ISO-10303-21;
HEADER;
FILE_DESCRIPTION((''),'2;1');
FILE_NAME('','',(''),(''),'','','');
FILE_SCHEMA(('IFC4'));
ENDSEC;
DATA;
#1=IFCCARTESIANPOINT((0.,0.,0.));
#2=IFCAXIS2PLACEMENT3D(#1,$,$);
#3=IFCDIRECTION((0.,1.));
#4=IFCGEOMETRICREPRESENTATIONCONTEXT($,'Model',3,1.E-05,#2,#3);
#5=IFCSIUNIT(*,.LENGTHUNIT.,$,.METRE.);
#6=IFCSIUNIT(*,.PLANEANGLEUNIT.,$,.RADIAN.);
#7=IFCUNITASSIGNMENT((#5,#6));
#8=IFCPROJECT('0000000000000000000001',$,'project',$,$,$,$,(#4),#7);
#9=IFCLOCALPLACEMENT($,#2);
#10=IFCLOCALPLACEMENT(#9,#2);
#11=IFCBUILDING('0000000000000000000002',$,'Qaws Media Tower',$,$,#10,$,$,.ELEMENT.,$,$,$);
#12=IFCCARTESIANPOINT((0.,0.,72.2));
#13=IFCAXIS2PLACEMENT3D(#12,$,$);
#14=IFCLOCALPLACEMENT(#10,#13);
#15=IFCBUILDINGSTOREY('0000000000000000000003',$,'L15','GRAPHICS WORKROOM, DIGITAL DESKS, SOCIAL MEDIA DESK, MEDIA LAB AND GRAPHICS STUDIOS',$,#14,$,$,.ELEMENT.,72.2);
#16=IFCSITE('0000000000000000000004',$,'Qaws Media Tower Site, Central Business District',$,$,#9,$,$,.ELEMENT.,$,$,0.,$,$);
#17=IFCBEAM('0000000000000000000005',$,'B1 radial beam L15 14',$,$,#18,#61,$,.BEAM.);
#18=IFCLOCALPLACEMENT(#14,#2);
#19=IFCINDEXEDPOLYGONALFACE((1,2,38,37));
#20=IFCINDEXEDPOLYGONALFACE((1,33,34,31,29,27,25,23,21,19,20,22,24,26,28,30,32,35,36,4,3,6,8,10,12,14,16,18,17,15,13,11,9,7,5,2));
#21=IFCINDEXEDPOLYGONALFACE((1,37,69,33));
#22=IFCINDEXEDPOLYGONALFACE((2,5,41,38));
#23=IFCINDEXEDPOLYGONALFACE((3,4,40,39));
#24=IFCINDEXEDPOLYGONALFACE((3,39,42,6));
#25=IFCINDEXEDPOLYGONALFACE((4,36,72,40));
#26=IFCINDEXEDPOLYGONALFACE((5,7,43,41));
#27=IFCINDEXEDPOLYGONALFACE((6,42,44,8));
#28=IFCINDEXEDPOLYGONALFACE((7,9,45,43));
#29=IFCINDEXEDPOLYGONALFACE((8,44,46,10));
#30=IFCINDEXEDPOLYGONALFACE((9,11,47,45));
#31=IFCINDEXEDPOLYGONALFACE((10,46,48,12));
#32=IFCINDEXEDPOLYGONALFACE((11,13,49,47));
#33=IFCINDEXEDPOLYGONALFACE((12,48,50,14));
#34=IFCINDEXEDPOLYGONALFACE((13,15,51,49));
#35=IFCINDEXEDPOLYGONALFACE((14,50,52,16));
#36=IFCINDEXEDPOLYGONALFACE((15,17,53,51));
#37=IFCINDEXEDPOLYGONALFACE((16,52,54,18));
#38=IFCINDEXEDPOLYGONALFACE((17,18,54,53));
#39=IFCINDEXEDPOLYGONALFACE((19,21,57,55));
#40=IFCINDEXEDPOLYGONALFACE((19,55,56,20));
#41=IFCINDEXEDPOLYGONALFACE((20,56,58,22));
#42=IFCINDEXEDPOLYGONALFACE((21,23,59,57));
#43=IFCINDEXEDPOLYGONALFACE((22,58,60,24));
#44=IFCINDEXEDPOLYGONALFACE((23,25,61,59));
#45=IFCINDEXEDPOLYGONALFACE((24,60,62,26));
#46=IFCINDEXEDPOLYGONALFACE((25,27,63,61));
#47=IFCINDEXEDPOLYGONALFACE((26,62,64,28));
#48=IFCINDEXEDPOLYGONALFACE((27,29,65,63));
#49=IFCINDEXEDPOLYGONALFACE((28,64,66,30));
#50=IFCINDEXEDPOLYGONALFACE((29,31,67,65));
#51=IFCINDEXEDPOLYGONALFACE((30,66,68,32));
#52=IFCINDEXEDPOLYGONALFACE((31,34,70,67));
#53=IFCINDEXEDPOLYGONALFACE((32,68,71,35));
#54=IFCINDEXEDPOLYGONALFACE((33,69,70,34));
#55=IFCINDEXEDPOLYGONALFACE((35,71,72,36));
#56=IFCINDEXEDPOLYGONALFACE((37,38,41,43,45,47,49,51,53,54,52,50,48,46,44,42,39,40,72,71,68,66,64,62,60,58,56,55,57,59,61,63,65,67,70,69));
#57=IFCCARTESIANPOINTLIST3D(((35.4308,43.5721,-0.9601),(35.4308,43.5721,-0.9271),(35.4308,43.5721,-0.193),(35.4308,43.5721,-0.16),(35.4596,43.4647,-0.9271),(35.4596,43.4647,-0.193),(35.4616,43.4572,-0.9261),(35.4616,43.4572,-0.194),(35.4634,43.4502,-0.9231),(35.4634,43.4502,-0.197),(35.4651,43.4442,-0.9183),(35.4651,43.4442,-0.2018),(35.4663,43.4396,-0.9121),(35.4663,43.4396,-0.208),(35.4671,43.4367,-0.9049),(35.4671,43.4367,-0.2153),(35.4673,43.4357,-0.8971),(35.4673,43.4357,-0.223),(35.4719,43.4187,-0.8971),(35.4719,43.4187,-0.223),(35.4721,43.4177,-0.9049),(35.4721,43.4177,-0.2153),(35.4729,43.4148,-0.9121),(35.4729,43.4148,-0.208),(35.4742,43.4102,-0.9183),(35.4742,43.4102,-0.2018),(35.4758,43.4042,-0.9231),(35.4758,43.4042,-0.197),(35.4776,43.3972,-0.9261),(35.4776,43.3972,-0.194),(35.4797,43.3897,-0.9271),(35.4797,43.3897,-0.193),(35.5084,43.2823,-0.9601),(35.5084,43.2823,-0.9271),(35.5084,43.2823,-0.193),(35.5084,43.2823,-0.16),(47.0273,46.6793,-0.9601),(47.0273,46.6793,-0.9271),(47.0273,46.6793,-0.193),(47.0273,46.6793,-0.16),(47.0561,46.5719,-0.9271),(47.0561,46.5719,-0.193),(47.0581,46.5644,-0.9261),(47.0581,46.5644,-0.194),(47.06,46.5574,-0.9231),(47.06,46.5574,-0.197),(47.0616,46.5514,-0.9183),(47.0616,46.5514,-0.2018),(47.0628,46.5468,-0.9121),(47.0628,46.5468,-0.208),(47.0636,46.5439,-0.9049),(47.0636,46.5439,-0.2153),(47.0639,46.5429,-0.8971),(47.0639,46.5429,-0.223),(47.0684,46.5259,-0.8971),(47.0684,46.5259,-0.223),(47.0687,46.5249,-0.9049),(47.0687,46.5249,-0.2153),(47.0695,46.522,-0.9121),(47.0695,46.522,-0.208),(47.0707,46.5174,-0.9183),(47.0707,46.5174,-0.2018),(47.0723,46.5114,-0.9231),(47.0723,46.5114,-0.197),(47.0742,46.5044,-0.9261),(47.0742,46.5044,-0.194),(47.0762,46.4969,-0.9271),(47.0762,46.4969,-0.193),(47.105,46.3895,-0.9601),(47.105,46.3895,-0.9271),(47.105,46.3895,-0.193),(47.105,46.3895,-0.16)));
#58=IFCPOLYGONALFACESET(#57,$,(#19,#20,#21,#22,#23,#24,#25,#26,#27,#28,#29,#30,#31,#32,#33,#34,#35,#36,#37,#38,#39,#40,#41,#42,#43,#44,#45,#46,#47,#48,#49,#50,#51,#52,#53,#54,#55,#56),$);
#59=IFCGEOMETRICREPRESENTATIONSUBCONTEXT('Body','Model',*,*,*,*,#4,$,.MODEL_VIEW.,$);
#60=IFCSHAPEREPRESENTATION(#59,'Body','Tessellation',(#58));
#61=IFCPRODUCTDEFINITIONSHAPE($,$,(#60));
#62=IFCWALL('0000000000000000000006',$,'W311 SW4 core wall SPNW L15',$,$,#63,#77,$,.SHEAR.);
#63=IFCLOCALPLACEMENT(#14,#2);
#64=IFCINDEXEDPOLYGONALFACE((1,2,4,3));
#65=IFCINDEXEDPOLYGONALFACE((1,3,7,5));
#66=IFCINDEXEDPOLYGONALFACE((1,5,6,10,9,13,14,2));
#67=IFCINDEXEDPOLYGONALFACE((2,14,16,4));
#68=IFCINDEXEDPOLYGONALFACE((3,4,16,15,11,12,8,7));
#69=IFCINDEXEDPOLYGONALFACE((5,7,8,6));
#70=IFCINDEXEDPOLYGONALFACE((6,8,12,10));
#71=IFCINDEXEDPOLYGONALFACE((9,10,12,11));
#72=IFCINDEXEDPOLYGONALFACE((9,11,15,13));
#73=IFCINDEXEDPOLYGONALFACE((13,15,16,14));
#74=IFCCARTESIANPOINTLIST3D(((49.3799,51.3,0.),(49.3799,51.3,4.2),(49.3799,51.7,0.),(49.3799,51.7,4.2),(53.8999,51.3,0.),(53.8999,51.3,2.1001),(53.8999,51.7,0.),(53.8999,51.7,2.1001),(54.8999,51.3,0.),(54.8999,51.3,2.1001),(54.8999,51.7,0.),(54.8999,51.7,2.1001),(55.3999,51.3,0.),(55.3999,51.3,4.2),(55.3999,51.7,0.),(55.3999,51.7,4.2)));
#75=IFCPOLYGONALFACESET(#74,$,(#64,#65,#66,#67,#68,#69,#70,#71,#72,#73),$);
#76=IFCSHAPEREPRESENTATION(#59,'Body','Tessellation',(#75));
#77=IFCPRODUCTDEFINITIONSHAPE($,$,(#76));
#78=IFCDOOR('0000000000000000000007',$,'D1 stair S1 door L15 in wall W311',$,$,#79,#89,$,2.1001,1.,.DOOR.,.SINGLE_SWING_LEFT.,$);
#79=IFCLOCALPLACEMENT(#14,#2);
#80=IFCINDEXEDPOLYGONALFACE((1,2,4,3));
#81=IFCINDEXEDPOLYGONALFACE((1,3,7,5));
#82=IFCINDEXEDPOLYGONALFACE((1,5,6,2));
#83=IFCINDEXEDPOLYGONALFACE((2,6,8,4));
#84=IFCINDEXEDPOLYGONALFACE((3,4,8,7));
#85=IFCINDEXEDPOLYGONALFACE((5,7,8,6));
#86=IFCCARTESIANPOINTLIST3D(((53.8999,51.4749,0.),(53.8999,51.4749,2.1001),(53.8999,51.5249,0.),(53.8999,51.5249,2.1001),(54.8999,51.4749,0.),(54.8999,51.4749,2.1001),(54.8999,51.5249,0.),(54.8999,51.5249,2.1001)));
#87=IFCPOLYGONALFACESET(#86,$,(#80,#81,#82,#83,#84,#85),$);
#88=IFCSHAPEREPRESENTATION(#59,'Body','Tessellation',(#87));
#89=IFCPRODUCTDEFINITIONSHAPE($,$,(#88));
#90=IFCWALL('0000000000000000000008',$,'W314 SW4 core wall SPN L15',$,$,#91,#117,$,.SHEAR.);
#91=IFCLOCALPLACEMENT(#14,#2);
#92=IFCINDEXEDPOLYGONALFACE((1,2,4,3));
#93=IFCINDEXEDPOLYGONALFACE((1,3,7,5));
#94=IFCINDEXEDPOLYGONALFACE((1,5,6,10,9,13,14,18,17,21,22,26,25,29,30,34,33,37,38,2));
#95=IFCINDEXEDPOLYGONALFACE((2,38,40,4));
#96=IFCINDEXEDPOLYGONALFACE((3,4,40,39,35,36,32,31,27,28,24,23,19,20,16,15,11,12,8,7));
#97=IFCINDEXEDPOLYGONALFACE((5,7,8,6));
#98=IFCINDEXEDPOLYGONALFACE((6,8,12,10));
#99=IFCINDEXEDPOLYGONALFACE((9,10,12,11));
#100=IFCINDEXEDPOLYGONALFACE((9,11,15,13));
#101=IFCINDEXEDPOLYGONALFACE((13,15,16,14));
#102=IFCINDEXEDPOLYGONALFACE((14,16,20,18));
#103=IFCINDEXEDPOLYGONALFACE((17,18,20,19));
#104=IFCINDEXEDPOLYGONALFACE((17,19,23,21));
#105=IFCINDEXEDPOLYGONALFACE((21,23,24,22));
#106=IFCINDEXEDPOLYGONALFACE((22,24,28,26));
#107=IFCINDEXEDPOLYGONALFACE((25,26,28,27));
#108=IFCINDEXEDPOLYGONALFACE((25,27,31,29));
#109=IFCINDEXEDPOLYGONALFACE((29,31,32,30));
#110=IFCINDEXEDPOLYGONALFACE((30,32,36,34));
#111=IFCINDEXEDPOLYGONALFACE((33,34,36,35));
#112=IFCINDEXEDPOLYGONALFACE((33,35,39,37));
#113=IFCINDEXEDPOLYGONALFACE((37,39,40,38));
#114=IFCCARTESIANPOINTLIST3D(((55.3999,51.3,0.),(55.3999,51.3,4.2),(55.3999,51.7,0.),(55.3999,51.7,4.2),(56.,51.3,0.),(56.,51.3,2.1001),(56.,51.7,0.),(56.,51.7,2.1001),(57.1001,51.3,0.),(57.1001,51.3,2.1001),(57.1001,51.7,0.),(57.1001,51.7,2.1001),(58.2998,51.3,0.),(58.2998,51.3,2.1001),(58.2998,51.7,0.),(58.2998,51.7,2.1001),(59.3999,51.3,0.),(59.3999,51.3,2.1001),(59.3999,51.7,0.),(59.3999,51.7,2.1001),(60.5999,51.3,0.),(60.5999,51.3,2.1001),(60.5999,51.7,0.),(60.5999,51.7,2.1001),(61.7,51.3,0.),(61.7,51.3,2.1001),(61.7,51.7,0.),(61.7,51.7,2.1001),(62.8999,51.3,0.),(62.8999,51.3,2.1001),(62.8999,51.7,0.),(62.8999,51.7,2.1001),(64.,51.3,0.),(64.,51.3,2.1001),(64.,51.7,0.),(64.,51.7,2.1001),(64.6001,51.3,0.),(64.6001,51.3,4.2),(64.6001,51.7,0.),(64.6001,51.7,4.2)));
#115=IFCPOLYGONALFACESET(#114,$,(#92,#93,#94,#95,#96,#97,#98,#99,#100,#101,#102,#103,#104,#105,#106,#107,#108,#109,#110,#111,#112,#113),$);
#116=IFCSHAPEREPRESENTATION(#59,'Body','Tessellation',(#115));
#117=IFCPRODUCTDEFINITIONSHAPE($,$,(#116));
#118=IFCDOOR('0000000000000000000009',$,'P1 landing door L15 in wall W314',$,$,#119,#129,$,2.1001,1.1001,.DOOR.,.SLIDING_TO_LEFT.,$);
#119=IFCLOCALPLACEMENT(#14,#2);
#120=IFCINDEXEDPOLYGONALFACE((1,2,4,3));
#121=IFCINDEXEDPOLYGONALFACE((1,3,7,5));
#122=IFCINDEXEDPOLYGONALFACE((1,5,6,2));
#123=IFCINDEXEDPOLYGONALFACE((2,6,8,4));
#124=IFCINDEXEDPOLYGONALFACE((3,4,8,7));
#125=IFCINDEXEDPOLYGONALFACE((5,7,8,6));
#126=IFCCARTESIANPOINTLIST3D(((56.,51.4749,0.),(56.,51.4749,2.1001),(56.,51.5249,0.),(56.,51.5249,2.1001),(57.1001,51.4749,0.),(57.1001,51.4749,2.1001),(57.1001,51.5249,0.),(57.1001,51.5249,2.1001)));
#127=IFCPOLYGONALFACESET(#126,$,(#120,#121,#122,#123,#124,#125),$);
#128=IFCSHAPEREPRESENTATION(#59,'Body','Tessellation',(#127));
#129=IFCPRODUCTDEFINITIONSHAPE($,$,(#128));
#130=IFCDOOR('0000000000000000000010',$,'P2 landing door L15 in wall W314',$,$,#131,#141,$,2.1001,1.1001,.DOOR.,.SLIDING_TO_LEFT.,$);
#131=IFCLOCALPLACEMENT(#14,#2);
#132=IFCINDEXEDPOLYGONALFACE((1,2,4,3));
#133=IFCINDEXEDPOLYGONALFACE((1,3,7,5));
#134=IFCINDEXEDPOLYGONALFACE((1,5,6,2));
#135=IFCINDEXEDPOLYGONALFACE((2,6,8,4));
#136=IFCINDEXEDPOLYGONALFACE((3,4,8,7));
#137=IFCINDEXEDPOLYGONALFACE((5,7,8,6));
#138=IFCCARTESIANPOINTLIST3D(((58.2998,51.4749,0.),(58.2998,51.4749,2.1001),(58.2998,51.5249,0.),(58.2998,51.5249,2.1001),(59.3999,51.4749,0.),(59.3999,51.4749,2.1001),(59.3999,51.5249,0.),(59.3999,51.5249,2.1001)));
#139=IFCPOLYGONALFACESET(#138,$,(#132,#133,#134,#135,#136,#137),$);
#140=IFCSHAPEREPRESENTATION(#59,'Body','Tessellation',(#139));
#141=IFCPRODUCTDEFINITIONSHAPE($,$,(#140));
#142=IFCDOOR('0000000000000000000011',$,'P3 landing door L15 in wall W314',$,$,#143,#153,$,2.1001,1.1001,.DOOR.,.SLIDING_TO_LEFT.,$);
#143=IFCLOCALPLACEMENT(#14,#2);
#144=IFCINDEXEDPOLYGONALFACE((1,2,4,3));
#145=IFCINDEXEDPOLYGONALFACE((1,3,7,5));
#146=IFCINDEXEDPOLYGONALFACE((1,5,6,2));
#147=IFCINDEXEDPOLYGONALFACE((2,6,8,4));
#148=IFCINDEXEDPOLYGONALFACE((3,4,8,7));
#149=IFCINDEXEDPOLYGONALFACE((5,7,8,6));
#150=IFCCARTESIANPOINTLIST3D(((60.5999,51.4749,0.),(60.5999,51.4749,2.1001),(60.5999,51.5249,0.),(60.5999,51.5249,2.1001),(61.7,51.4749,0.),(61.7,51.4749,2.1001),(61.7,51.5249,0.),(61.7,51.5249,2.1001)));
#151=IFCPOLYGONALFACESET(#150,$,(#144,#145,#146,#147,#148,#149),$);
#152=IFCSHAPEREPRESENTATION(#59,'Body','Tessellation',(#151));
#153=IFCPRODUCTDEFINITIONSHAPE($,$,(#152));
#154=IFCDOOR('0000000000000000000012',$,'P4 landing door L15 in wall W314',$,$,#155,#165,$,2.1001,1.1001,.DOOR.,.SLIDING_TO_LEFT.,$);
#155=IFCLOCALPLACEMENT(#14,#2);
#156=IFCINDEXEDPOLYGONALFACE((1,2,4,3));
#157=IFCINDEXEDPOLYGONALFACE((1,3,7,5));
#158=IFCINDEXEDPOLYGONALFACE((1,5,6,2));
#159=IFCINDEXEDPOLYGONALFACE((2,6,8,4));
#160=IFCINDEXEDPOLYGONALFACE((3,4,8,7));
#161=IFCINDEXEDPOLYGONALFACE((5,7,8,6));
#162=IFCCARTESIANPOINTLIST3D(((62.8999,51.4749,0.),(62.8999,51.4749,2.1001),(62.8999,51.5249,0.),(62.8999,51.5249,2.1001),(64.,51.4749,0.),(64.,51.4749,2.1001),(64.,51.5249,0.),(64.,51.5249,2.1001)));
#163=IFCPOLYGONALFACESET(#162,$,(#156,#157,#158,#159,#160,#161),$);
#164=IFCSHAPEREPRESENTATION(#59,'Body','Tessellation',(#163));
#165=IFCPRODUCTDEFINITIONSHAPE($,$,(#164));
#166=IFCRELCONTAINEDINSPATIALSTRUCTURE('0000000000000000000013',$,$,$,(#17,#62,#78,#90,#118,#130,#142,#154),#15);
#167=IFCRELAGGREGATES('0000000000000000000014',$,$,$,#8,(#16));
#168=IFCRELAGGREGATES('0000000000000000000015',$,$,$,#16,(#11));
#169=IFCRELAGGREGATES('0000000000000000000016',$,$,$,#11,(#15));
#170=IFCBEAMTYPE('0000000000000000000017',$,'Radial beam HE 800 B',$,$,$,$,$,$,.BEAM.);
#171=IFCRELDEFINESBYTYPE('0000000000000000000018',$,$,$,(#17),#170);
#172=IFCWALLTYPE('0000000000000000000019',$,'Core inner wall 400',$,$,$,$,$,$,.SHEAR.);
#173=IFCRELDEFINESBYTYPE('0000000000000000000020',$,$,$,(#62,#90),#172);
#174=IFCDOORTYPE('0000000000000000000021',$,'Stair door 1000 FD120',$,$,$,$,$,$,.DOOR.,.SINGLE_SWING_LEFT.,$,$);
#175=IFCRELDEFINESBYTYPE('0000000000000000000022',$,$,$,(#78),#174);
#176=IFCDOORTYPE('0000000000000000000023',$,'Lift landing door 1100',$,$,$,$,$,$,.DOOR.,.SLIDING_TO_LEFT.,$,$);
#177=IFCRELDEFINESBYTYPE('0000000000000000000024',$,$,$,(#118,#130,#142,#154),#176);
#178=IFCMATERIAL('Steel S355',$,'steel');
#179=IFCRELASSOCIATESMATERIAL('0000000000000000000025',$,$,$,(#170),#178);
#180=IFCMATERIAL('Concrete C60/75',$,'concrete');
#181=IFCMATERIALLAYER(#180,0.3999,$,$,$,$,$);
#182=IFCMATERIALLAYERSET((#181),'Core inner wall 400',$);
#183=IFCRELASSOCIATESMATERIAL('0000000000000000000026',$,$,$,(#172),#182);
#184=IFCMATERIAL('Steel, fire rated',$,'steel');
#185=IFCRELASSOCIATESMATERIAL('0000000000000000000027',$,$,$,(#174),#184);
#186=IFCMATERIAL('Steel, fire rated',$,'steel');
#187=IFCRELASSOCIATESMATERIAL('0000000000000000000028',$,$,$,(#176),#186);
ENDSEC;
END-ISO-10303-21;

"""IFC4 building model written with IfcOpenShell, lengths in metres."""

from ifc_helpers import new_model, si_unit, direction, frame, frame_2d, origin, origin_2d, place, context, subcontext, project, spatial, rectangle, i_section, extrude, material, layer, layer_set, material_profile, profile_set, type_object, element, fill, save


model = new_model("IFC4")

# Units and contexts
model_context = context("Model", 3, precision=1e-05, world=origin(), true_north=direction((0.0, 1.0)))
body_context = subcontext(model_context, "Body", "Model", "MODEL_VIEW")
ifc_project = project(units=[si_unit("LENGTHUNIT", "METRE"), si_unit("PLANEANGLEUNIT", "RADIAN")], contexts=[model_context])

# Site, building, storey
site_placement = place(None, origin())
site = spatial("IfcSite", under=ifc_project, at=site_placement, Name="Qaws Media Tower Site, Central Business District", CompositionType="ELEMENT", RefElevation=0.0)
building_placement = place(site_placement, origin())
building = spatial("IfcBuilding", under=site, at=building_placement, Name="Qaws Media Tower", CompositionType="ELEMENT")
storey_placement = place(building_placement, frame((0.0, 0.0, 72.2)))
storey = spatial("IfcBuildingStorey", under=building, at=storey_placement, Name="L15", Description="GRAPHICS WORKROOM, DIGITAL DESKS, SOCIAL MEDIA DESK, MEDIA LAB AND GRAPHICS STUDIOS", CompositionType="ELEMENT", Elevation=72.2)

# Beam
ifc_material_1 = material(Name="Steel S355", Category="steel")
ifc_material_profile_1 = material_profile(ifc_material_1, i_section(OverallWidth=0.3, OverallDepth=0.8, WebThickness=0.0176, FlangeThickness=0.033, FilletRadius=0.03, at=origin_2d()), Name="HE 800 B")
ifc_profile_set_1 = profile_set([ifc_material_profile_1], Name="Steel S355")
beam_type_1 = type_object("IfcBeamType", Name="Radial beam HE 800 B", PredefinedType="BEAM", material=ifc_profile_set_1)
beam_1_placement = place(storey_placement, frame((47.0662, 46.5344, -0.5601), z_axis=(-0.965927, -0.258813, 0.0), x_axis=(0.258813, -0.965927, 0.0)))
element("IfcBeam", 1, at=beam_1_placement, inside=storey, type_object=beam_type_1, Name="B1 radial beam L15 14", PredefinedType="BEAM", context=body_context, shape_type="SweptSolid", body=[
    extrude(i_section(OverallWidth=0.3, OverallDepth=0.8, WebThickness=0.0176, FlangeThickness=0.033, FilletRadius=0.03, at=origin_2d()), origin(), (0.0, 0.0, 1.0), 12.0056),
])

# Wall, opening, door
ifc_material_2 = material(Name="Concrete C60/75", Category="concrete")
ifc_layer_1 = layer(ifc_material_2, 0.3999)
ifc_layer_set_1 = layer_set([ifc_layer_1], Name="Core inner wall 400")
wall_type_1 = type_object("IfcWallType", Name="Core inner wall 400", PredefinedType="SHEAR", material=ifc_layer_set_1)
wall_1_placement = place(storey_placement, frame((49.3799, 51.5, 0.0), z_axis=(0.0, 0.0, 1.0), x_axis=(1.0, 0.0, 0.0)))
wall_1 = element("IfcWall", 2, at=wall_1_placement, inside=storey, type_object=wall_type_1, Name="W311 SW4 core wall SPNW L15", PredefinedType="SHEAR", context=body_context, shape_type="SweptSolid", body=[
    extrude(rectangle(XDim=6.02, YDim=0.3999, at=frame_2d((3.01, 0.0))), origin(), (0.0, 0.0, 1.0), 4.2),
])
opening_1_placement = place(wall_1_placement, frame((4.52, 0.0, 0.0)))
opening_1 = element("IfcOpeningElement", 3, at=opening_1_placement, cuts=wall_1, PredefinedType="OPENING", context=body_context, shape_type="SweptSolid", body=[
    extrude(rectangle(XDim=1.0, YDim=2.1001, at=frame_2d((0.5, 1.05))), frame((0.0, 0.21, 0.0), z_axis=(0.0, -1.0, 0.0), x_axis=(1.0, 0.0, 0.0)), (0.0, 0.0, 1.0), 0.4199),
])
ifc_material_3 = material(Name="Steel, fire rated", Category="steel")
door_type_1 = type_object("IfcDoorType", Name="Stair door 1000 FD120", OperationType="SINGLE_SWING_LEFT", PredefinedType="DOOR", material=ifc_material_3)
door_1_placement = place(opening_1_placement, origin())
door_1 = element("IfcDoor", 4, at=door_1_placement, inside=storey, type_object=door_type_1, Name="D1 stair S1 door L15 in wall W311", OperationType="SINGLE_SWING_LEFT", OverallHeight=2.1001, OverallWidth=1.0, PredefinedType="DOOR", context=body_context, shape_type="SweptSolid", body=[
    extrude(rectangle(XDim=1.0, YDim=2.1001, at=frame_2d((0.5, 1.05))), frame((0.0, 0.0249, 0.0), z_axis=(0.0, -1.0, 0.0), x_axis=(1.0, 0.0, 0.0)), (0.0, 0.0, 1.0), 0.05),
])
fill(opening_1, door_1)

# Wall, openings, doors
wall_2_placement = place(storey_placement, frame((55.3999, 51.5, 0.0), z_axis=(0.0, 0.0, 1.0), x_axis=(1.0, 0.0, 0.0)))
wall_2 = element("IfcWall", 5, at=wall_2_placement, inside=storey, type_object=wall_type_1, Name="W314 SW4 core wall SPN L15", PredefinedType="SHEAR", context=body_context, shape_type="SweptSolid", body=[
    extrude(rectangle(XDim=9.2002, YDim=0.3999, at=frame_2d((4.6001, 0.0))), origin(), (0.0, 0.0, 1.0), 4.2),
])
opening_2_placement = place(wall_2_placement, frame((0.6001, 0.0, 0.0)))
opening_2 = element("IfcOpeningElement", 6, at=opening_2_placement, cuts=wall_2, PredefinedType="OPENING", context=body_context, shape_type="SweptSolid", body=[
    extrude(rectangle(XDim=1.1001, YDim=2.1001, at=frame_2d((0.55, 1.05))), frame((0.0, 0.21, 0.0), z_axis=(0.0, -1.0, 0.0), x_axis=(1.0, 0.0, 0.0)), (0.0, 0.0, 1.0), 0.4199),
])
opening_3_placement = place(wall_2_placement, frame((2.8999, 0.0, 0.0)))
opening_3 = element("IfcOpeningElement", 7, at=opening_3_placement, cuts=wall_2, PredefinedType="OPENING", context=body_context, shape_type="SweptSolid", body=[
    extrude(rectangle(XDim=1.1001, YDim=2.1001, at=frame_2d((0.55, 1.05))), frame((0.0, 0.21, 0.0), z_axis=(0.0, -1.0, 0.0), x_axis=(1.0, 0.0, 0.0)), (0.0, 0.0, 1.0), 0.4199),
])
opening_4_placement = place(wall_2_placement, frame((5.2, 0.0, 0.0)))
opening_4 = element("IfcOpeningElement", 8, at=opening_4_placement, cuts=wall_2, PredefinedType="OPENING", context=body_context, shape_type="SweptSolid", body=[
    extrude(rectangle(XDim=1.1001, YDim=2.1001, at=frame_2d((0.55, 1.05))), frame((0.0, 0.21, 0.0), z_axis=(0.0, -1.0, 0.0), x_axis=(1.0, 0.0, 0.0)), (0.0, 0.0, 1.0), 0.4199),
])
opening_5_placement = place(wall_2_placement, frame((7.5, 0.0, 0.0)))
opening_5 = element("IfcOpeningElement", 9, at=opening_5_placement, cuts=wall_2, PredefinedType="OPENING", context=body_context, shape_type="SweptSolid", body=[
    extrude(rectangle(XDim=1.1001, YDim=2.1001, at=frame_2d((0.55, 1.05))), frame((0.0, 0.21, 0.0), z_axis=(0.0, -1.0, 0.0), x_axis=(1.0, 0.0, 0.0)), (0.0, 0.0, 1.0), 0.4199),
])
ifc_material_4 = material(Name="Steel, fire rated", Category="steel")
door_type_2 = type_object("IfcDoorType", Name="Lift landing door 1100", OperationType="SLIDING_TO_LEFT", PredefinedType="DOOR", material=ifc_material_4)
door_2_placement = place(opening_2_placement, origin())
door_2 = element("IfcDoor", 10, at=door_2_placement, inside=storey, type_object=door_type_2, Name="P1 landing door L15 in wall W314", OperationType="SLIDING_TO_LEFT", OverallHeight=2.1001, OverallWidth=1.1001, PredefinedType="DOOR", context=body_context, shape_type="SweptSolid", body=[
    extrude(rectangle(XDim=1.1001, YDim=2.1001, at=frame_2d((0.55, 1.05))), frame((0.0, 0.0249, 0.0), z_axis=(0.0, -1.0, 0.0), x_axis=(1.0, 0.0, 0.0)), (0.0, 0.0, 1.0), 0.05),
])
fill(opening_2, door_2)
door_3_placement = place(opening_3_placement, origin())
door_3 = element("IfcDoor", 11, at=door_3_placement, inside=storey, type_object=door_type_2, Name="P2 landing door L15 in wall W314", OperationType="SLIDING_TO_LEFT", OverallHeight=2.1001, OverallWidth=1.1001, PredefinedType="DOOR", context=body_context, shape_type="SweptSolid", body=[
    extrude(rectangle(XDim=1.1001, YDim=2.1001, at=frame_2d((0.55, 1.05))), frame((0.0, 0.0249, 0.0), z_axis=(0.0, -1.0, 0.0), x_axis=(1.0, 0.0, 0.0)), (0.0, 0.0, 1.0), 0.05),
])
fill(opening_3, door_3)
door_4_placement = place(opening_4_placement, origin())
door_4 = element("IfcDoor", 12, at=door_4_placement, inside=storey, type_object=door_type_2, Name="P3 landing door L15 in wall W314", OperationType="SLIDING_TO_LEFT", OverallHeight=2.1001, OverallWidth=1.1001, PredefinedType="DOOR", context=body_context, shape_type="SweptSolid", body=[
    extrude(rectangle(XDim=1.1001, YDim=2.1001, at=frame_2d((0.55, 1.05))), frame((0.0, 0.0249, 0.0), z_axis=(0.0, -1.0, 0.0), x_axis=(1.0, 0.0, 0.0)), (0.0, 0.0, 1.0), 0.05),
])
fill(opening_4, door_4)
door_5_placement = place(opening_5_placement, origin())
door_5 = element("IfcDoor", 13, at=door_5_placement, inside=storey, type_object=door_type_2, Name="P4 landing door L15 in wall W314", OperationType="SLIDING_TO_LEFT", OverallHeight=2.1001, OverallWidth=1.1001, PredefinedType="DOOR", context=body_context, shape_type="SweptSolid", body=[
    extrude(rectangle(XDim=1.1001, YDim=2.1001, at=frame_2d((0.55, 1.05))), frame((0.0, 0.0249, 0.0), z_axis=(0.0, -1.0, 0.0), x_axis=(1.0, 0.0, 0.0)), (0.0, 0.0, 1.0), 0.05),
])
fill(opening_5, door_5)

save(model, "model.ifc")
